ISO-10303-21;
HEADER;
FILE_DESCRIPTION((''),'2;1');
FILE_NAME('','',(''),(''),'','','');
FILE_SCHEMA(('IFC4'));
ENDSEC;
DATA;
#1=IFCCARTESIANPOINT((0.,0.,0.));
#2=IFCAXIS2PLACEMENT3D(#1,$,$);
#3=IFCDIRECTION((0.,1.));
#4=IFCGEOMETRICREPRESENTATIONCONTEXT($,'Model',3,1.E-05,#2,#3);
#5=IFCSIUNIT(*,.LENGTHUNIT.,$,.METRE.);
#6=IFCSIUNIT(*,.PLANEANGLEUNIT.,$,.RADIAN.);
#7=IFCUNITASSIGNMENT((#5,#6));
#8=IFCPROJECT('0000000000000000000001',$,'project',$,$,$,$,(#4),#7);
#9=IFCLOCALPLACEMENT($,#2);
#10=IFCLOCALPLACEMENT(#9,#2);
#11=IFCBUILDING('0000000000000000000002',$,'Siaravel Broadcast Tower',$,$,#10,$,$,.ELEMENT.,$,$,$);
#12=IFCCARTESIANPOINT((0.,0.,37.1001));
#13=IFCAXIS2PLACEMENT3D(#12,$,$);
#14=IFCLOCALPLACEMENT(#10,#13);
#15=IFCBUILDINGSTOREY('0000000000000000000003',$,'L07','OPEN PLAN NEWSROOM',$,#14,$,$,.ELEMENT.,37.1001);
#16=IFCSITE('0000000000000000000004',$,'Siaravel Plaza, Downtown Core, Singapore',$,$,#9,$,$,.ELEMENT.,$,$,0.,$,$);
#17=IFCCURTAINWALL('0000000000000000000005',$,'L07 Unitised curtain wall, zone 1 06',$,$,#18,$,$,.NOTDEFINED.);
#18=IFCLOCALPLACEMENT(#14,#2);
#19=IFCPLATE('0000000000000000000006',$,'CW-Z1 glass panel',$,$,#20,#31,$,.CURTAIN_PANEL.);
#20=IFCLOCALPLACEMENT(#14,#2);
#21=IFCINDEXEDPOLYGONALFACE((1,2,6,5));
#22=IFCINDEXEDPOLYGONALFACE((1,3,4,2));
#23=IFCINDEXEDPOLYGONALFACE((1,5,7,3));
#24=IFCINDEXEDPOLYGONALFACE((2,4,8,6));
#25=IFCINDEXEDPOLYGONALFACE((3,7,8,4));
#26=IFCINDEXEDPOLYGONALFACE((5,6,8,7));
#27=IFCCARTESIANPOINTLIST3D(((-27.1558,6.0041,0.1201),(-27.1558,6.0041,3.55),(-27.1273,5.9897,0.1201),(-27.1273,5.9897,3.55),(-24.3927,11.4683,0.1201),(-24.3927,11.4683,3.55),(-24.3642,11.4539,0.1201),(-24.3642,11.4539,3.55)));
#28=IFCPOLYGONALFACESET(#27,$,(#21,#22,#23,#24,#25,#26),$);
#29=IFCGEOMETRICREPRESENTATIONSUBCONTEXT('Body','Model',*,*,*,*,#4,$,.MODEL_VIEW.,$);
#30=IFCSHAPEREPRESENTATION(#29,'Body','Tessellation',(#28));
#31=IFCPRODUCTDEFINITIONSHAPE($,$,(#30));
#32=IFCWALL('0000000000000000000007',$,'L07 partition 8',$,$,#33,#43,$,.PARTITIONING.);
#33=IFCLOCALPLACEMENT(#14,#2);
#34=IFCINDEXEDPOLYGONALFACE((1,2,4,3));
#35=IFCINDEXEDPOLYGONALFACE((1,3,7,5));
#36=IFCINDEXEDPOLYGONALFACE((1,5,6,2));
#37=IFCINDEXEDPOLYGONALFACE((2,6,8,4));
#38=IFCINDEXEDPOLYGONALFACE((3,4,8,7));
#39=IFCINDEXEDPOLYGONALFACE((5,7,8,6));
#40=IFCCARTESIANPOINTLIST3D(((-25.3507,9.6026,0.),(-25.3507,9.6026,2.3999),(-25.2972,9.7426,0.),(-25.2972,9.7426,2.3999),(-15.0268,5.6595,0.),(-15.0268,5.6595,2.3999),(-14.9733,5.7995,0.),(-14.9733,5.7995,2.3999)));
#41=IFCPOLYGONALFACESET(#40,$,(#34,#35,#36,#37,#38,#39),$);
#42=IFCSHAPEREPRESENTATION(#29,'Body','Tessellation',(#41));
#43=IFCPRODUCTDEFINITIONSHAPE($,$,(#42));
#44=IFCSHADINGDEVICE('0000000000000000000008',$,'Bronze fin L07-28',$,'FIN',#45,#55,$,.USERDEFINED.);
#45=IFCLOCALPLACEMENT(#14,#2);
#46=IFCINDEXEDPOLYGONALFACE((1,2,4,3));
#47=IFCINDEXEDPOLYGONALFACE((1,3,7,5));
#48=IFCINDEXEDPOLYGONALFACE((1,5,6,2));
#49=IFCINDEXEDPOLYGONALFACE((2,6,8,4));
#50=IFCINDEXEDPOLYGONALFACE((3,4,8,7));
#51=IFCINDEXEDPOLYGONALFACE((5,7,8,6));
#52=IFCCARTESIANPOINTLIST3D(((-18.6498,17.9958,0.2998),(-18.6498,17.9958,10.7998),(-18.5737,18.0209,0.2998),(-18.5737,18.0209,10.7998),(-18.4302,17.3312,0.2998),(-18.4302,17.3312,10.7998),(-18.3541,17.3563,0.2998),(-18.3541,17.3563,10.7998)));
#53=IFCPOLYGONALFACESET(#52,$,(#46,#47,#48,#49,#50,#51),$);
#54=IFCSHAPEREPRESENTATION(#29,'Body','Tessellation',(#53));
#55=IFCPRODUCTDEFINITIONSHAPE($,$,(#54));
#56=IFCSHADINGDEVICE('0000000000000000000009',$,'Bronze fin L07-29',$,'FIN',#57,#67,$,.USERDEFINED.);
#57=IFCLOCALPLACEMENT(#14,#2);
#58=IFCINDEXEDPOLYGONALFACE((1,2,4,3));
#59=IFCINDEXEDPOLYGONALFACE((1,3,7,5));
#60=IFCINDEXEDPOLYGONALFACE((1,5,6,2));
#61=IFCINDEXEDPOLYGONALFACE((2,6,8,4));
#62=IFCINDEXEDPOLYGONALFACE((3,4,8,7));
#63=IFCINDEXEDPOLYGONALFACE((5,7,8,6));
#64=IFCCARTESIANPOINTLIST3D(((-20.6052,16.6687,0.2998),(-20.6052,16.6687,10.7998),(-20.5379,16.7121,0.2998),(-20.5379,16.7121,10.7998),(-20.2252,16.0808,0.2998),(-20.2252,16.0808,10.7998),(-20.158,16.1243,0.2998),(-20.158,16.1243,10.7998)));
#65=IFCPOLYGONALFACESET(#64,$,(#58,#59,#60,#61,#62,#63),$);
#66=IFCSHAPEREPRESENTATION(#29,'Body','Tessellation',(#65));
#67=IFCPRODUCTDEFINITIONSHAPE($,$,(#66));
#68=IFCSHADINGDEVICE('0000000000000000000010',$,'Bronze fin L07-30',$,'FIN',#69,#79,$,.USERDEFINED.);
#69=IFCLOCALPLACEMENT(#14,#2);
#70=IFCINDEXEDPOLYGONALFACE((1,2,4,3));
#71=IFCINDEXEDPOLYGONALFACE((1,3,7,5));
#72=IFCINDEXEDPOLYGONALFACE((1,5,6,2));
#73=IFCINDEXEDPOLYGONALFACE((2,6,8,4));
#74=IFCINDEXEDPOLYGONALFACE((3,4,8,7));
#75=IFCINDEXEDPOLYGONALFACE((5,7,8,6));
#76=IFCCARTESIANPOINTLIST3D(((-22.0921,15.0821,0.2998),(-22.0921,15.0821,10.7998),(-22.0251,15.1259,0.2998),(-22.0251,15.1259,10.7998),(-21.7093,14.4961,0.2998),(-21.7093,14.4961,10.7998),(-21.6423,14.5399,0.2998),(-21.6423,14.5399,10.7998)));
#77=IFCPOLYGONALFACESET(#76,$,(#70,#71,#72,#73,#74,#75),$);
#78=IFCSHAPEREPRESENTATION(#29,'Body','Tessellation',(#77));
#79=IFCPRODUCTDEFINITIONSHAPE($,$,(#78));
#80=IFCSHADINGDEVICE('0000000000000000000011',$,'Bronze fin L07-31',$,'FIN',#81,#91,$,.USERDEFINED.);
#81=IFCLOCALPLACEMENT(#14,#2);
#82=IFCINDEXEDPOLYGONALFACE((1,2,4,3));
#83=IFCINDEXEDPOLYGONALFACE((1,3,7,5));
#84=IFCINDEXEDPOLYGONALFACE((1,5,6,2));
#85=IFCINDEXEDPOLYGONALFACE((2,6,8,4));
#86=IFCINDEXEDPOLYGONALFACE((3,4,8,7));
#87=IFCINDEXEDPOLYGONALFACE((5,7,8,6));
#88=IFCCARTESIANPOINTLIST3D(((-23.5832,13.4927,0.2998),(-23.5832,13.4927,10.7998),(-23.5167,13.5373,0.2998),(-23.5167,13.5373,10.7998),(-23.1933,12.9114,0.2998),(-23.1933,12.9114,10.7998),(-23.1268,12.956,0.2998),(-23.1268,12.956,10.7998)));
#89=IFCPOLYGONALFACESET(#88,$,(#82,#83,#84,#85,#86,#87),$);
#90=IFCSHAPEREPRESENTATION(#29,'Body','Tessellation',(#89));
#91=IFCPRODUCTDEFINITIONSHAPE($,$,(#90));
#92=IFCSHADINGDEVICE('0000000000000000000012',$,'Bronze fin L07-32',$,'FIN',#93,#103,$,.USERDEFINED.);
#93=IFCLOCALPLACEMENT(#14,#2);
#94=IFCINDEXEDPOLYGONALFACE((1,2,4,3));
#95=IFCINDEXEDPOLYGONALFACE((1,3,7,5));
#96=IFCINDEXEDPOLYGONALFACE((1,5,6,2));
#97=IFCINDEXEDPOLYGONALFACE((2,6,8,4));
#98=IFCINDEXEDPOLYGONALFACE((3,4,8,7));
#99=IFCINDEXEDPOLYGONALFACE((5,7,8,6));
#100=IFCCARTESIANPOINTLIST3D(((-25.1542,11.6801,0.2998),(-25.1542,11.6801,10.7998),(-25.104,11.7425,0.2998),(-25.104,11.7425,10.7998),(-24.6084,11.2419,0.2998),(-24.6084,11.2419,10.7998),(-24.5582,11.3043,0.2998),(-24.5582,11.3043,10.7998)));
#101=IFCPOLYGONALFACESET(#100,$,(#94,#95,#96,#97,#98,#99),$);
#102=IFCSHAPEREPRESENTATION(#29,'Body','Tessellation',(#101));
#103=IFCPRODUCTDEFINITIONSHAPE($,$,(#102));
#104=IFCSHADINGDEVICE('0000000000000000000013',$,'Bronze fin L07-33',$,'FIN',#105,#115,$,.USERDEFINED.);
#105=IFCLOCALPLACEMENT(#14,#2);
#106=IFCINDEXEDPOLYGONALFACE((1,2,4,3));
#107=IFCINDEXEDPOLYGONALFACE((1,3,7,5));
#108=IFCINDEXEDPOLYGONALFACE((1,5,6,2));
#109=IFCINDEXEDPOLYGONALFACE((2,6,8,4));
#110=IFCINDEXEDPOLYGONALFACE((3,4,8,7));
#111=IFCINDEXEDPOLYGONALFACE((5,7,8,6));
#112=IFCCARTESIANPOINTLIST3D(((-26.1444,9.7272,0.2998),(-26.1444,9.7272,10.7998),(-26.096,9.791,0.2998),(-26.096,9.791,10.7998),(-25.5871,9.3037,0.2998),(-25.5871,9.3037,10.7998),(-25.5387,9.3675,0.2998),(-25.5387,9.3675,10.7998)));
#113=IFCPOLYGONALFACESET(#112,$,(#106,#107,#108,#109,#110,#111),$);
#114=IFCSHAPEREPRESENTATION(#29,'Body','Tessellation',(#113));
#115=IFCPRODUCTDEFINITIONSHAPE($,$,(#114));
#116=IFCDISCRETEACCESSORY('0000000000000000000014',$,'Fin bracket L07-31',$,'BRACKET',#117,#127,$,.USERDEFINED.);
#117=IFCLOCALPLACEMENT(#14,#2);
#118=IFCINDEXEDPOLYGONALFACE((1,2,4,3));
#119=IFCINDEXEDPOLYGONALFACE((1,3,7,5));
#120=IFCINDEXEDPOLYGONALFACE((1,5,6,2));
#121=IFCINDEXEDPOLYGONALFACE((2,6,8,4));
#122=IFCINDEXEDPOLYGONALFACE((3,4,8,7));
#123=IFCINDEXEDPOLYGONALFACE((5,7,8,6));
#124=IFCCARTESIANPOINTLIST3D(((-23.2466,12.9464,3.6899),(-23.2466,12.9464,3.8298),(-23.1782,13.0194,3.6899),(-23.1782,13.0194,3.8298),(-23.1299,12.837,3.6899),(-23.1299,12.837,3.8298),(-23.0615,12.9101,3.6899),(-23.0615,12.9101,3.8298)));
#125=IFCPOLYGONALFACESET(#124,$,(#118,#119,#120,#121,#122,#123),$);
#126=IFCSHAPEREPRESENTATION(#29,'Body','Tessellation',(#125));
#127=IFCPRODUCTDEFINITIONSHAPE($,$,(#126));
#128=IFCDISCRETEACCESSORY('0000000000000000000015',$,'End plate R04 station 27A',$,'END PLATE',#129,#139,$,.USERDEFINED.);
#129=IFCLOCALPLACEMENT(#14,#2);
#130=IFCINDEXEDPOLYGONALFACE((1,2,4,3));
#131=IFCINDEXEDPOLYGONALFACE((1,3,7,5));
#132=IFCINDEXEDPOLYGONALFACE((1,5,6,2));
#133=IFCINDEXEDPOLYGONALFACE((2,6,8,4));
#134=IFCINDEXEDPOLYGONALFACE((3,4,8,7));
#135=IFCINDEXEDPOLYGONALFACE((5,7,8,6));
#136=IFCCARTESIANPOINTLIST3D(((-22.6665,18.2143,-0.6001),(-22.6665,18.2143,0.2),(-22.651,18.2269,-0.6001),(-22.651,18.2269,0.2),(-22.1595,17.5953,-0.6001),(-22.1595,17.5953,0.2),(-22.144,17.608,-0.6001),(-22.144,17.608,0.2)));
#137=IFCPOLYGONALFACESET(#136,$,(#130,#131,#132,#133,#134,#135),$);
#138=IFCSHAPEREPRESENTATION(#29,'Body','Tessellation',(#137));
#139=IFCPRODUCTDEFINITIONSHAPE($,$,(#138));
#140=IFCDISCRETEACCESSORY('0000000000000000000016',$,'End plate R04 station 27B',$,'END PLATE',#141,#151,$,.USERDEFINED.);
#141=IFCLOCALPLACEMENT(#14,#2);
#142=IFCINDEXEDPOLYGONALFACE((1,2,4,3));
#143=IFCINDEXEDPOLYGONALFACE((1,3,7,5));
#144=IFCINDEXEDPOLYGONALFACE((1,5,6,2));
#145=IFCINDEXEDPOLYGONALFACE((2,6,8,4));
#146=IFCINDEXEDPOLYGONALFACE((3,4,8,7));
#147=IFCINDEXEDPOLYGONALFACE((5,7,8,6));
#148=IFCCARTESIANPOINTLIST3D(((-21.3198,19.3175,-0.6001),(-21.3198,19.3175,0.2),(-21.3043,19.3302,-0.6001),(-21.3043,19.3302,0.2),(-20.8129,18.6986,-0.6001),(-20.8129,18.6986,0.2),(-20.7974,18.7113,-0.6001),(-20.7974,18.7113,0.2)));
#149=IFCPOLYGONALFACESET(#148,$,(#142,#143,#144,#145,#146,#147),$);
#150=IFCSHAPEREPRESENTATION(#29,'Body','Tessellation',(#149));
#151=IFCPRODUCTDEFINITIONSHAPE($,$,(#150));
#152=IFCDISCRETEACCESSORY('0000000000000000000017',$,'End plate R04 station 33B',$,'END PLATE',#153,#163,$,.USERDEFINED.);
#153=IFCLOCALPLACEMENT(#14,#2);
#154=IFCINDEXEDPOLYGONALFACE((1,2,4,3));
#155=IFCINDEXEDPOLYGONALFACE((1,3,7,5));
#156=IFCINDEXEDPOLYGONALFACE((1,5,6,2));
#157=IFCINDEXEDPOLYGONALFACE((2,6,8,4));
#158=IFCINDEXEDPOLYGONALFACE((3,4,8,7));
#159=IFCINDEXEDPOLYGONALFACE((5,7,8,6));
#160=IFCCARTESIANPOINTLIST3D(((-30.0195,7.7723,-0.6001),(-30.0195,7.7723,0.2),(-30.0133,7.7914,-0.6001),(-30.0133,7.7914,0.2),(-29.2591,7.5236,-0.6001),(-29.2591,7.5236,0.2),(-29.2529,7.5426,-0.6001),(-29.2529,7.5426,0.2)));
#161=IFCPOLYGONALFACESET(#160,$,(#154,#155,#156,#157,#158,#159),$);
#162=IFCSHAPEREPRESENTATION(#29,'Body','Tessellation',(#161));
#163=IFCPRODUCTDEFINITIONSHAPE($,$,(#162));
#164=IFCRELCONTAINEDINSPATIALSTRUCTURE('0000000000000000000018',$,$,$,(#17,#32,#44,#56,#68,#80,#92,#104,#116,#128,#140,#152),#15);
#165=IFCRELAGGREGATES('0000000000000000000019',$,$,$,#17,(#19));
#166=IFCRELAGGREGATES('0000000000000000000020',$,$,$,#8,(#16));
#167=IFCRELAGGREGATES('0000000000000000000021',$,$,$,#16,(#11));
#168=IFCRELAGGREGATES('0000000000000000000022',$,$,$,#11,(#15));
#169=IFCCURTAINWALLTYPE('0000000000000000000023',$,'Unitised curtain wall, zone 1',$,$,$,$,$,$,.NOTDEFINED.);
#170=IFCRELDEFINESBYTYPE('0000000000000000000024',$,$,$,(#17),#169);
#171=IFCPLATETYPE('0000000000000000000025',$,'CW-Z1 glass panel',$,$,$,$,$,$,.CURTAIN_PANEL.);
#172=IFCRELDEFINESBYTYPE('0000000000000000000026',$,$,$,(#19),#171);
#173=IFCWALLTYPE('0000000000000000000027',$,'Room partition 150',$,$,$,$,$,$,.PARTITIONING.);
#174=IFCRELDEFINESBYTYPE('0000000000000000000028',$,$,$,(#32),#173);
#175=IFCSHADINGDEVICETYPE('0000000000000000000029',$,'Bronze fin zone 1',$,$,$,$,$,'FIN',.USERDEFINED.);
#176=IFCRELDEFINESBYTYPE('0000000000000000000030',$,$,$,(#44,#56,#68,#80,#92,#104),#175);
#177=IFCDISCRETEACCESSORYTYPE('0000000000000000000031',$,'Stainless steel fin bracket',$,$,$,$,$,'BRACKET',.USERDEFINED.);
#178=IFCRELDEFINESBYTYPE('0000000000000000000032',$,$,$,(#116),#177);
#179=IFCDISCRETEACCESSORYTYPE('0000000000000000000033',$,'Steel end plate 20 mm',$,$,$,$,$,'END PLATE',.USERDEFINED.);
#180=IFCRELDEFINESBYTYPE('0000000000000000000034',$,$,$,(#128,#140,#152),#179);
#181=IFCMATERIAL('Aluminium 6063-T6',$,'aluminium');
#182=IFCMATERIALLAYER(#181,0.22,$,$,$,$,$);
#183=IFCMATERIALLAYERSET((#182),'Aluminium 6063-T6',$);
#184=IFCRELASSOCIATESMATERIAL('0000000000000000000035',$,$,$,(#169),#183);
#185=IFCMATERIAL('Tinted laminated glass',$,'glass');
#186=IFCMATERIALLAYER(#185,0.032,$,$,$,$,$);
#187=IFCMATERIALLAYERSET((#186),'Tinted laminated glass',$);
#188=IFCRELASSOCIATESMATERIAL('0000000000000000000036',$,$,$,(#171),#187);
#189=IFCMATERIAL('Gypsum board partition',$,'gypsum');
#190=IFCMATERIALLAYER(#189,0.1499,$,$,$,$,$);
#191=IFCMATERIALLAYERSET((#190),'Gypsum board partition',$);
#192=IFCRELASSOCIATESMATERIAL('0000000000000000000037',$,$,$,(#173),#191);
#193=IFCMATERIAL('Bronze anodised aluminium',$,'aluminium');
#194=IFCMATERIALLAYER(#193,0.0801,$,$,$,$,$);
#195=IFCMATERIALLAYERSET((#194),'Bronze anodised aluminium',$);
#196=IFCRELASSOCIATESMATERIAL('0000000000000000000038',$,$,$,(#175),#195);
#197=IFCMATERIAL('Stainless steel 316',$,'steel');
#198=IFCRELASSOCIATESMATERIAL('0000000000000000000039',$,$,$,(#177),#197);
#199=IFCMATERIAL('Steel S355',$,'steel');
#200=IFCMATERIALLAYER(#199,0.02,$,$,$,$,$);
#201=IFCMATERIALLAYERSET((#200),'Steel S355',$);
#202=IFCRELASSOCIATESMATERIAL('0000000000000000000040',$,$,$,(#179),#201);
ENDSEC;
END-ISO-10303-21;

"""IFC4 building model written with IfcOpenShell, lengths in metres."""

from ifc_helpers import new_model, si_unit, direction, frame, frame_2d, origin, origin_2d, place, context, subcontext, project, spatial, rectangle, extrude, material, layer, layer_set, type_object, element, aggregate, save


model = new_model("IFC4")

# Units and contexts
model_context = context("Model", 3, precision=1e-05, world=origin(), true_north=direction((0.0, 1.0)))
body_context = subcontext(model_context, "Body", "Model", "MODEL_VIEW")
ifc_project = project(units=[si_unit("LENGTHUNIT", "METRE"), si_unit("PLANEANGLEUNIT", "RADIAN")], contexts=[model_context])

# Site, building, storey
site_placement = place(None, origin())
site = spatial("IfcSite", under=ifc_project, at=site_placement, Name="Siaravel Plaza, Downtown Core, Singapore", CompositionType="ELEMENT", RefElevation=0.0)
building_placement = place(site_placement, origin())
building = spatial("IfcBuilding", under=site, at=building_placement, Name="Siaravel Broadcast Tower", CompositionType="ELEMENT")
storey_placement = place(building_placement, frame((0.0, 0.0, 37.1001)))
storey = spatial("IfcBuildingStorey", under=building, at=storey_placement, Name="L07", Description="OPEN PLAN NEWSROOM", CompositionType="ELEMENT", Elevation=37.1001)

# Shared definitions
ifc_material_1 = material(Name="Steel S355", Category="steel")

# Shared definitions
ifc_material_2 = material(Name="Aluminium 6063-T6", Category="aluminium")
ifc_layer_1 = layer(ifc_material_2, 0.22)
ifc_layer_set_1 = layer_set([ifc_layer_1], Name="Aluminium 6063-T6")
curtain_wall_type = type_object("IfcCurtainWallType", Name="Unitised curtain wall, zone 1", PredefinedType="NOTDEFINED", material=ifc_layer_set_1)

# Curtain wall
curtain_wall_1_placement = place(storey_placement, origin())
curtain_wall_1 = element("IfcCurtainWall", 1, at=curtain_wall_1_placement, inside=storey, type_object=curtain_wall_type, Name="L07 Unitised curtain wall, zone 1 06", PredefinedType="NOTDEFINED")

# Plate
ifc_material_3 = material(Name="Tinted laminated glass", Category="glass")
ifc_layer_2 = layer(ifc_material_3, 0.032)
ifc_layer_set_2 = layer_set([ifc_layer_2], Name="Tinted laminated glass")
plate_type = type_object("IfcPlateType", Name="CW-Z1 glass panel", PredefinedType="CURTAIN_PANEL", material=ifc_layer_set_2)
plate_1_placement = place(storey_placement, frame((-25.76, 8.729, 0.1201), z_axis=(0.0, 0.0, 1.0), x_axis=(-0.451261, -0.892392, 0.0)))
plate_1 = element("IfcPlate", 2, at=plate_1_placement, type_object=plate_type, Name="CW-Z1 glass panel", PredefinedType="CURTAIN_PANEL", context=body_context, shape_type="SweptSolid", body=[
    extrude(rectangle(XDim=6.123, YDim=0.032, at=origin_2d()), origin(), (0.0, 0.0, 1.0), 3.4299),
])
aggregate(curtain_wall_1, [plate_1])

# Wall
ifc_material_4 = material(Name="Gypsum board partition", Category="gypsum")
ifc_layer_3 = layer(ifc_material_4, 0.1499)
ifc_layer_set_3 = layer_set([ifc_layer_3], Name="Gypsum board partition")
wall_type = type_object("IfcWallType", Name="Room partition 150", PredefinedType="PARTITIONING", material=ifc_layer_set_3)
wall_placement = place(storey_placement, frame((-25.324, 9.6726, 0.0), z_axis=(0.0, 0.0, 1.0), x_axis=(0.934181, -0.356799, 0.0)))
element("IfcWall", 3, at=wall_placement, inside=storey, type_object=wall_type, Name="L07 partition 8", PredefinedType="PARTITIONING", context=body_context, shape_type="SweptSolid", body=[
    extrude(rectangle(XDim=11.0513, YDim=0.1499, at=frame_2d((5.5256, 0.0))), origin(), (0.0, 0.0, 1.0), 2.3999),
])

# Shading devices
ifc_material_5 = material(Name="Bronze anodised aluminium", Category="aluminium")
ifc_layer_4 = layer(ifc_material_5, 0.0801)
ifc_layer_set_4 = layer_set([ifc_layer_4], Name="Bronze anodised aluminium")
shading_device_type = type_object("IfcShadingDeviceType", Name="Bronze fin zone 1", ElementType="FIN", PredefinedType="USERDEFINED", material=ifc_layer_set_4)
for number, where, z_axis, x_axis, name in (
    (4, (-18.502, 17.676, 0.2998), (0.0, 0.0, 1.0), (-0.313739, 0.949509, 0.0), "Bronze fin L07-28"),
    (5, (-20.3816, 16.3965, 0.2998), (0.0, 0.0, 1.0), (-0.542812, 0.839854, 0.0), "Bronze fin L07-29"),
    (6, (-21.8672, 14.811, 0.2998), (0.0, 0.0, 1.0), (-0.546869, 0.837218, 0.0), "Bronze fin L07-30"),
    (7, (-23.355, 13.2244, 0.2998), (0.0, 0.0, 1.0), (-0.55699, 0.830519, 0.0), "Bronze fin L07-31"),
    (8, (-24.8562, 11.4922, 0.2998), (0.0, 0.0, 1.0), (-0.779807, 0.62602, 0.0), "Bronze fin L07-32"),
    (9, (-25.8416, 9.5474, 0.2998), (0.0, 0.0, 1.0), (-0.796222, 0.605005, 0.0), "Bronze fin L07-33"),
):
    element("IfcShadingDevice", number, at=place(storey_placement, frame(where, z_axis=z_axis, x_axis=x_axis)), inside=storey, type_object=shading_device_type, Name=name, ObjectType="FIN", PredefinedType="USERDEFINED", context=body_context, shape_type="SweptSolid", body=[
        extrude(rectangle(XDim=0.7, YDim=0.0801, at=origin_2d()), origin(), (0.0, 0.0, 1.0), 10.5),
    ])

# Discrete accessories
ifc_material_6 = material(Name="Stainless steel 316", Category="steel")
discrete_accessory_type_1 = type_object("IfcDiscreteAccessoryType", Name="Stainless steel fin bracket", ElementType="BRACKET", PredefinedType="USERDEFINED", material=ifc_material_6)
discrete_accessory_placement = place(storey_placement, frame((-23.1541, 12.9282, 3.6899), z_axis=(0.0, 0.0, 1.0), x_axis=(-0.729804, 0.683656, 0.0)))
element("IfcDiscreteAccessory", 10, at=discrete_accessory_placement, inside=storey, type_object=discrete_accessory_type_1, Name="Fin bracket L07-31", ObjectType="BRACKET", PredefinedType="USERDEFINED", context=body_context, shape_type="SweptSolid", body=[
    extrude(rectangle(XDim=0.1599, YDim=0.1001, at=origin_2d()), origin(), (0.0, 0.0, 1.0), 0.1399),
])
ifc_layer_5 = layer(ifc_material_1, 0.02)
ifc_layer_set_5 = layer_set([ifc_layer_5], Name="Steel S355")
discrete_accessory_type_2 = type_object("IfcDiscreteAccessoryType", Name="Steel end plate 20 mm", ElementType="END PLATE", PredefinedType="USERDEFINED", material=ifc_layer_set_5)
for number, where, z_axis, x_axis, name in (
    (11, (-22.4053, 17.9111, -0.6001), (0.0, 0.0, 1.0), (-0.773605, -0.633669, 0.0), "End plate R04 station 27A"),
    (12, (-21.0586, 19.0144, -0.6001), (0.0, 0.0, 1.0), (-0.773605, -0.633669, 0.0), "End plate R04 station 27B"),
    (13, (-29.6362, 7.6575, -0.6001), (0.0, 0.0, 1.0), (-0.31091, -0.950439, 0.0), "End plate R04 station 33B"),
):
    element("IfcDiscreteAccessory", number, at=place(storey_placement, frame(where, z_axis=z_axis, x_axis=x_axis)), inside=storey, type_object=discrete_accessory_type_2, Name=name, ObjectType="END PLATE", PredefinedType="USERDEFINED", context=body_context, shape_type="SweptSolid", body=[
        extrude(rectangle(XDim=0.02, YDim=0.8, at=origin_2d()), origin(), (0.0, 0.0, 1.0), 0.8),
    ])

save(model, "model.ifc")
